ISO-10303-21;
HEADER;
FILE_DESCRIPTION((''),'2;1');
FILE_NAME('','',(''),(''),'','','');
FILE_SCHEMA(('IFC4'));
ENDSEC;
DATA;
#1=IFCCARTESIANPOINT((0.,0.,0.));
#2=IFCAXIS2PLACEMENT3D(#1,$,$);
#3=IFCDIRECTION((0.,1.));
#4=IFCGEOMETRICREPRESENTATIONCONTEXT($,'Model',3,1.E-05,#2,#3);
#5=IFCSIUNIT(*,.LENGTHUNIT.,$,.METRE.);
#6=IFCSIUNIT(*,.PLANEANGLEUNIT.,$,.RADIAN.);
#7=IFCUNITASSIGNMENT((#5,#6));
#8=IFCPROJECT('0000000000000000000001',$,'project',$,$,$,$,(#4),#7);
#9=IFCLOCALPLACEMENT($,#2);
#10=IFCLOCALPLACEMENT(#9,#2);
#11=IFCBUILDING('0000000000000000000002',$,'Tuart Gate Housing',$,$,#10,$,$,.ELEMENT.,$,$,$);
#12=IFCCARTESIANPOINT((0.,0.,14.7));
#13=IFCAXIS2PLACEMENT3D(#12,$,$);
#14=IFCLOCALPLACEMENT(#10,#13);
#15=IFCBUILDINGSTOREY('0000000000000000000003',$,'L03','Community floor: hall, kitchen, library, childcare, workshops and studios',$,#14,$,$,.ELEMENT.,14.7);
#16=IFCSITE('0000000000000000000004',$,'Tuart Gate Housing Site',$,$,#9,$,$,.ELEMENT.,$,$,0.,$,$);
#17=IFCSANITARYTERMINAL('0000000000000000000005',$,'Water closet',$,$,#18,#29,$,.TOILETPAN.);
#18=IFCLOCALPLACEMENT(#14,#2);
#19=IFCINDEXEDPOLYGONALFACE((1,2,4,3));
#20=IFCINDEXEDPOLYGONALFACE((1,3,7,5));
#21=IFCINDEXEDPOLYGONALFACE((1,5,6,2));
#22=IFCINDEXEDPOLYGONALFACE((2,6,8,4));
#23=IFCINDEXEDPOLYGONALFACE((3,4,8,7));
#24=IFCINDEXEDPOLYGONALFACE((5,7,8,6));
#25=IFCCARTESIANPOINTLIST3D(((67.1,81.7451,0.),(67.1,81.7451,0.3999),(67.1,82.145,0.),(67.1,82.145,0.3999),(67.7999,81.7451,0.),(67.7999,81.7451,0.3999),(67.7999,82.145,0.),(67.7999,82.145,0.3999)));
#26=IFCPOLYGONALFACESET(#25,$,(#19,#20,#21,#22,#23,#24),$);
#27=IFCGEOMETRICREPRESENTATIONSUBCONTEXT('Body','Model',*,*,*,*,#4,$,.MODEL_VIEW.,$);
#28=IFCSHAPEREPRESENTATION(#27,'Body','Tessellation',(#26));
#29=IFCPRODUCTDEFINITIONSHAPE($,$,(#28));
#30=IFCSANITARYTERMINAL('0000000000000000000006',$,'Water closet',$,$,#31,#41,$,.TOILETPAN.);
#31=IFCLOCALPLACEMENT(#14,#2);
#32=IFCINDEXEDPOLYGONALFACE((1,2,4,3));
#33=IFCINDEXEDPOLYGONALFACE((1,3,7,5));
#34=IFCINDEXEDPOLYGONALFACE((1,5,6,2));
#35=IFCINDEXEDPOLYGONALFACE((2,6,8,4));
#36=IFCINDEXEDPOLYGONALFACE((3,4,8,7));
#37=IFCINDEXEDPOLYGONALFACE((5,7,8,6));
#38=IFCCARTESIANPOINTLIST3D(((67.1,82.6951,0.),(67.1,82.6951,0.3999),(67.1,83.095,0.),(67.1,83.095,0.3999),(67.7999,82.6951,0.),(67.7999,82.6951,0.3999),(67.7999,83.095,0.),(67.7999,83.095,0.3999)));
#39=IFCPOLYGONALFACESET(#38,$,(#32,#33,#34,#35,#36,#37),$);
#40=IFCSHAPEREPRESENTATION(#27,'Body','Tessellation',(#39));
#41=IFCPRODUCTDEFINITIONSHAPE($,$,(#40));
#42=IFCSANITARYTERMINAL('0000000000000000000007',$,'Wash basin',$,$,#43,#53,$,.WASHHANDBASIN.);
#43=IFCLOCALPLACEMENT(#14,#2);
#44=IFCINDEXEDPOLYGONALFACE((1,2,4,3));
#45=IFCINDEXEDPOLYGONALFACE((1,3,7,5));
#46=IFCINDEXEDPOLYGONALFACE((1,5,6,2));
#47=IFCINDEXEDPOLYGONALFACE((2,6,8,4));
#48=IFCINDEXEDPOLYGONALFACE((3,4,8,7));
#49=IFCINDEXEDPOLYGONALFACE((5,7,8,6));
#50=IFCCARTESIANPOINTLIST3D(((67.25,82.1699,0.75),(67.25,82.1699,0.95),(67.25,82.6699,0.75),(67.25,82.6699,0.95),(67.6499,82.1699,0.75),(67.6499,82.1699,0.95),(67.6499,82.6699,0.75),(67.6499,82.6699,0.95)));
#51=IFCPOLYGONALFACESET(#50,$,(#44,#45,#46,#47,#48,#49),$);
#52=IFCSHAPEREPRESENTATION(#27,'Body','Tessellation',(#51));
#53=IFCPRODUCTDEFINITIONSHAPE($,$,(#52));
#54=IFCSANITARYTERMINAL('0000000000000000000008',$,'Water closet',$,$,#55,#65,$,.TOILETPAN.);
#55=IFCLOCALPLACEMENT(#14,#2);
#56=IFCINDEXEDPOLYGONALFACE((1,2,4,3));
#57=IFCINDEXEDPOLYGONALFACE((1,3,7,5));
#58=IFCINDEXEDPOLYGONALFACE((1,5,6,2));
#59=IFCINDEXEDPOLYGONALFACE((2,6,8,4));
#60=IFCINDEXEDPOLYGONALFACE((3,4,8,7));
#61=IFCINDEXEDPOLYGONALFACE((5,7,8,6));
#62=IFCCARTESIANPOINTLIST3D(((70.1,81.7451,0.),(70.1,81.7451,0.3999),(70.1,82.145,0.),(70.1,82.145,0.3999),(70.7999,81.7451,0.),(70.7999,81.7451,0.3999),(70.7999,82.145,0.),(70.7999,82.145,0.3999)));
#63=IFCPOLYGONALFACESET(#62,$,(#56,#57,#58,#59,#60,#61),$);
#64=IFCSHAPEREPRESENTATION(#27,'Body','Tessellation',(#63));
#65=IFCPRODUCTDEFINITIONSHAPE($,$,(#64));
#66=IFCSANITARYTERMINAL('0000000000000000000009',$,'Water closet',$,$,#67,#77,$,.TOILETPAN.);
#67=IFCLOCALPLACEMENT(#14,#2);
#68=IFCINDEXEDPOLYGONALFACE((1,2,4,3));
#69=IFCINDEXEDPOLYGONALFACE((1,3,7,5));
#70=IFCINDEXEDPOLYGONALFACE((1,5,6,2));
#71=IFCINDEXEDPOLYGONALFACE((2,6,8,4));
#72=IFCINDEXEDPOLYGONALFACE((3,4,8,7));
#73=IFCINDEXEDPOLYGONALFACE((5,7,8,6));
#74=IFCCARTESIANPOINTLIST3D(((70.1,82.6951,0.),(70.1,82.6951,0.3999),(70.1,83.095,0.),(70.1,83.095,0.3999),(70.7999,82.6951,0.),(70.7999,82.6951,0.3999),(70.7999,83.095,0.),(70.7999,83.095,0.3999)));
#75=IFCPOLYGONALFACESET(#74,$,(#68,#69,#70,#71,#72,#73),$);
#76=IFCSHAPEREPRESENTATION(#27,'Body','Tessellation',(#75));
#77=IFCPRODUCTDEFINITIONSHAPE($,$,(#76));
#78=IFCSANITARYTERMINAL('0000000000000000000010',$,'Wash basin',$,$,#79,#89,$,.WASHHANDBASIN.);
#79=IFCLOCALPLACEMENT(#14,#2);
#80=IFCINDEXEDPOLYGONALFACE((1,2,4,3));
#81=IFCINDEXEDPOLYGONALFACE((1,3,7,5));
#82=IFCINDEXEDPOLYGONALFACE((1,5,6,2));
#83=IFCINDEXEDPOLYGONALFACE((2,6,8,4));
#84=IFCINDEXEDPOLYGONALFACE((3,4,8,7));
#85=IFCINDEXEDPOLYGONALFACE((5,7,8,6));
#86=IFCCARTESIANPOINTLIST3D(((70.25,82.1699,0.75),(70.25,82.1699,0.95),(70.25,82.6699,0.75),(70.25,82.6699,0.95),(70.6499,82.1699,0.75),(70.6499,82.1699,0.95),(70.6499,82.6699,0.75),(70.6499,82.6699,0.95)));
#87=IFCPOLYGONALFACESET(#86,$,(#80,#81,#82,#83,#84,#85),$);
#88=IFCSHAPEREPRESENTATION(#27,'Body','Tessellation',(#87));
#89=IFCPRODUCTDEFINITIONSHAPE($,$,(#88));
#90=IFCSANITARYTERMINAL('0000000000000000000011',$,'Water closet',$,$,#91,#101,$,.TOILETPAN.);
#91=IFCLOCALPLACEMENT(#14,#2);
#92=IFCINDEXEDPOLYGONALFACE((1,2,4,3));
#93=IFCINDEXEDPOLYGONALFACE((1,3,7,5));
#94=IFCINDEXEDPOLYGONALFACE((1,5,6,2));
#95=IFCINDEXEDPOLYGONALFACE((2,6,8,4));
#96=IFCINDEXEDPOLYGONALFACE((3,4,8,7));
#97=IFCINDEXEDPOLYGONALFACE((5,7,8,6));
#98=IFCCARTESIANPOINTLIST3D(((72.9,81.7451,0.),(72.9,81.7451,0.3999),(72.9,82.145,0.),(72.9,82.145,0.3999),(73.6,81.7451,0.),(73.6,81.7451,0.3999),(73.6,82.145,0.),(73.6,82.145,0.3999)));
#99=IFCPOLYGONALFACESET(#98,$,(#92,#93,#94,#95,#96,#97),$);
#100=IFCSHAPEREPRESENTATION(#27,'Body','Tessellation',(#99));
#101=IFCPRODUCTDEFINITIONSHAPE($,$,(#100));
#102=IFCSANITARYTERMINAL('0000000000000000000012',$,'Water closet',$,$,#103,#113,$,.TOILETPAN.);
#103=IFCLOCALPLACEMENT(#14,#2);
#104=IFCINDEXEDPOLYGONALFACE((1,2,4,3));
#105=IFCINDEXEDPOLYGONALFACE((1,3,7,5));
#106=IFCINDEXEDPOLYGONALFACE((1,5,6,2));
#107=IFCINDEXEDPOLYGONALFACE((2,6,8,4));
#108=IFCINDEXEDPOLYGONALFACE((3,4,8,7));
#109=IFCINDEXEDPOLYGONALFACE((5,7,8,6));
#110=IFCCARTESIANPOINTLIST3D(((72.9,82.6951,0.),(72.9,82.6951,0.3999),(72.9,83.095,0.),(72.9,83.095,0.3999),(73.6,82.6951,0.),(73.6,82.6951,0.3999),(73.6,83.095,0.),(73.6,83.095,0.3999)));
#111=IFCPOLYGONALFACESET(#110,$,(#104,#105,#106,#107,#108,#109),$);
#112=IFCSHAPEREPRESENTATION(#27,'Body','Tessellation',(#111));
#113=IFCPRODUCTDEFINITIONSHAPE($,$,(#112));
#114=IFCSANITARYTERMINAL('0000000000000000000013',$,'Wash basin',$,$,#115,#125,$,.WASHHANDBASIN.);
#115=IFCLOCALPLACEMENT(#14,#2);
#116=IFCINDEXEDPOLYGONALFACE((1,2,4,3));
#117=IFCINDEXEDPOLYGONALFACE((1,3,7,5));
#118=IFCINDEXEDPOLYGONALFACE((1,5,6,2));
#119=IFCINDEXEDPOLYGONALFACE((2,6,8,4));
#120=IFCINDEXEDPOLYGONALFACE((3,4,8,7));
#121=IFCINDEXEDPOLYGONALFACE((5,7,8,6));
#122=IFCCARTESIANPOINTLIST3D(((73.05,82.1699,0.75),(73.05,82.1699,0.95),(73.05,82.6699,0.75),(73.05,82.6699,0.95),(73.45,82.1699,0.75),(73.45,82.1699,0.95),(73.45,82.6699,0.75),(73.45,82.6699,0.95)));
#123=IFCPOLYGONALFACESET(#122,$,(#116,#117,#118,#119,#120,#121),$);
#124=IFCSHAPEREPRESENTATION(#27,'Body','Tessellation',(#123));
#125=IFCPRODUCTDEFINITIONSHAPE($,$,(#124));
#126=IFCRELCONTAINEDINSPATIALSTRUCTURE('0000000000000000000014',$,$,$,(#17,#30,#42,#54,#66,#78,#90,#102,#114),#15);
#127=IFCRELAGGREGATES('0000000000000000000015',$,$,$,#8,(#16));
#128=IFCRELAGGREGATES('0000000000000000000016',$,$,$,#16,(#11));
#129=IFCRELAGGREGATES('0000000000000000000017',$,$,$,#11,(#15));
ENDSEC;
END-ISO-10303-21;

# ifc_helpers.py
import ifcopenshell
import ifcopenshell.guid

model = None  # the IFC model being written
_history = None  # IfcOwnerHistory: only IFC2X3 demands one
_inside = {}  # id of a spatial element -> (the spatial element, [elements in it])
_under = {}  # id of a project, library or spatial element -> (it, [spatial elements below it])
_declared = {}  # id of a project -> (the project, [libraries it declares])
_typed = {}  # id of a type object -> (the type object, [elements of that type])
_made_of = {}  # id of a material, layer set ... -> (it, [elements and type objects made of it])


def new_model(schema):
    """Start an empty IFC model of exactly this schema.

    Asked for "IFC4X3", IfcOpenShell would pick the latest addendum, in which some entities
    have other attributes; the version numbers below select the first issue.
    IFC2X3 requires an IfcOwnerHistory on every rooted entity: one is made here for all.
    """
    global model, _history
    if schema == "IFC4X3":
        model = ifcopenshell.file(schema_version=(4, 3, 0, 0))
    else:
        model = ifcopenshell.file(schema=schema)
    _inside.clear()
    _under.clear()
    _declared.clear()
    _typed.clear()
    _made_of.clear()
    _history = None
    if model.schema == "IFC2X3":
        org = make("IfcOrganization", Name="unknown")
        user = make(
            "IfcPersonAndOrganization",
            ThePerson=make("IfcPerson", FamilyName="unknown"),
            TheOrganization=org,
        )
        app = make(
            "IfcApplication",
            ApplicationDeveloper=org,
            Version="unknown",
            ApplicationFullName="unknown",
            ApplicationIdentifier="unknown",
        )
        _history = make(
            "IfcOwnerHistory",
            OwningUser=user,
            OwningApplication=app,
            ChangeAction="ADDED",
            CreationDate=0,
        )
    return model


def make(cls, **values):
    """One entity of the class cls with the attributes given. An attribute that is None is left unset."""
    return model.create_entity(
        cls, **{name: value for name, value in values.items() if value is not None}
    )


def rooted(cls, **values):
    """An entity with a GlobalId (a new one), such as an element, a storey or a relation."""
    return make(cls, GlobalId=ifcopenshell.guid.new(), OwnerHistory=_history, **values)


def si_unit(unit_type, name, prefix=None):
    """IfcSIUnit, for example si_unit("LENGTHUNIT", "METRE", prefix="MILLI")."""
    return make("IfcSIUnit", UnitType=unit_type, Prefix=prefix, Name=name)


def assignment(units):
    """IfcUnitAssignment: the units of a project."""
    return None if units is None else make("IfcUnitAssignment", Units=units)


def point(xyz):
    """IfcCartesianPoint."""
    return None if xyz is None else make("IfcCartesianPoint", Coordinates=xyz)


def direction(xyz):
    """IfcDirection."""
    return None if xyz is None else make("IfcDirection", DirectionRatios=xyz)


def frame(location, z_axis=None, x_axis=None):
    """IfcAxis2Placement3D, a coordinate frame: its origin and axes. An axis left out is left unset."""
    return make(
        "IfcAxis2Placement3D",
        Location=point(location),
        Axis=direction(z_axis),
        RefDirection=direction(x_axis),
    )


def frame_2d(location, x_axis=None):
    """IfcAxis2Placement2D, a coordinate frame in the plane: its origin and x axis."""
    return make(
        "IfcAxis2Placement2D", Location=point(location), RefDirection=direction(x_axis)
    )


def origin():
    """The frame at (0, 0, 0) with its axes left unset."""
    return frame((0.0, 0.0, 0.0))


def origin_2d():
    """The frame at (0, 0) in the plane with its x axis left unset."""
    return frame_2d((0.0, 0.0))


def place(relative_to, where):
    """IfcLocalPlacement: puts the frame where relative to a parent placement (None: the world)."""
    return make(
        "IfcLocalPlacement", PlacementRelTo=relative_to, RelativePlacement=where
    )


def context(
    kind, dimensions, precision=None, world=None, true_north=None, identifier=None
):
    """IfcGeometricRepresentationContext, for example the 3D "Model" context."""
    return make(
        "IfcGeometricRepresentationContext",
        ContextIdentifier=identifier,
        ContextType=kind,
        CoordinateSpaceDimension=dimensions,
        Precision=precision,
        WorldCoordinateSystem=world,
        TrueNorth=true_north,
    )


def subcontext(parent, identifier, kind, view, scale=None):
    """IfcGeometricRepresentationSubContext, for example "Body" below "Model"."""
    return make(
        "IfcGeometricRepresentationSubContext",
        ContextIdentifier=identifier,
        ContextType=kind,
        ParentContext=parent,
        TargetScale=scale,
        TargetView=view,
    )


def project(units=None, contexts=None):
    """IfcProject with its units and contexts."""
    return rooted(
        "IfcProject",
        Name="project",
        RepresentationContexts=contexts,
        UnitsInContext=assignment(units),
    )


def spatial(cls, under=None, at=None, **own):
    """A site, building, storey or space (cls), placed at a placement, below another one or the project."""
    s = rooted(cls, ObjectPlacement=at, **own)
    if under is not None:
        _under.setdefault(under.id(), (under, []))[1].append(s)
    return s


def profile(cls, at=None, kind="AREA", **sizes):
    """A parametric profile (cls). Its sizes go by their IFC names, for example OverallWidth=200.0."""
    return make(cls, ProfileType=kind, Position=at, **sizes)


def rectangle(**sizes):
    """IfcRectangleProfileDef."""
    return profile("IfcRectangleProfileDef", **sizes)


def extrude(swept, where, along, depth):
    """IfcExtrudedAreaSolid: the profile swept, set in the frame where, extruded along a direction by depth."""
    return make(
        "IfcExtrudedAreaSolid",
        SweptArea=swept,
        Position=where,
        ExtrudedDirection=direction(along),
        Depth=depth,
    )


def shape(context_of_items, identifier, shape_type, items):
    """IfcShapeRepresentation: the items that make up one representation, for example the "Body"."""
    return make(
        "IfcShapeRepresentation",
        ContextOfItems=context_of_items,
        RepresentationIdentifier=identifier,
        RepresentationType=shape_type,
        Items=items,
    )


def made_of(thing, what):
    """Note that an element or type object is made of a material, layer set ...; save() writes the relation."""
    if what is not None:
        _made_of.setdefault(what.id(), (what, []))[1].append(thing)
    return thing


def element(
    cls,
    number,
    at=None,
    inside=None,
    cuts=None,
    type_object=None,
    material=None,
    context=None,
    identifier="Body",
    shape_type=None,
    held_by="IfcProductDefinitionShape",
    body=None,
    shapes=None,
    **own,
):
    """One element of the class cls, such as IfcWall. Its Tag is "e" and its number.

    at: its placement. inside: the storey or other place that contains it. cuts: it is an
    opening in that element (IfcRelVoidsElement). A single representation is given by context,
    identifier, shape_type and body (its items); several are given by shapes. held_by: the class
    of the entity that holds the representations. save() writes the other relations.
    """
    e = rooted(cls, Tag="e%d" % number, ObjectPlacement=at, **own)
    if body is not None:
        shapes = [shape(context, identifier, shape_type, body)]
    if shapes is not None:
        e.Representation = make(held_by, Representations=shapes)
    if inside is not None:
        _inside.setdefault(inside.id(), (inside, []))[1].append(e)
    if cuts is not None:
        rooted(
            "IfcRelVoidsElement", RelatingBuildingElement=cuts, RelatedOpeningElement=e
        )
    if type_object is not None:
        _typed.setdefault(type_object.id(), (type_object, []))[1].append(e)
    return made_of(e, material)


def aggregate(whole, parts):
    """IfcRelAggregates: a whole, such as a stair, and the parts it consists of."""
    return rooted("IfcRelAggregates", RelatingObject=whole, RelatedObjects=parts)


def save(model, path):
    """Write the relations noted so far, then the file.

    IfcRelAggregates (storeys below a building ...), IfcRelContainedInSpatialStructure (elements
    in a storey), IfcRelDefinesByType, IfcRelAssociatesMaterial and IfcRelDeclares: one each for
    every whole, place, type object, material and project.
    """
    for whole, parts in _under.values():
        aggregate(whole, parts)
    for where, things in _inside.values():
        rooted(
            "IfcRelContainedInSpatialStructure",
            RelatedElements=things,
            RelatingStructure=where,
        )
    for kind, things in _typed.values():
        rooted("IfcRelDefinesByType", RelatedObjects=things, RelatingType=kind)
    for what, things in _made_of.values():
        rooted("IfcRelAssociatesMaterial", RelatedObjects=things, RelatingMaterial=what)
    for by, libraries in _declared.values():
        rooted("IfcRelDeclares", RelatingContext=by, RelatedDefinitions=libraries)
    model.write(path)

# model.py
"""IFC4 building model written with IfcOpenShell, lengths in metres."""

from ifc_helpers import new_model, si_unit, direction, frame, origin, origin_2d, place, context, subcontext, project, spatial, rectangle, extrude, element, save


model = new_model("IFC4")

# Units and contexts
model_context = context("Model", 3, precision=1e-05, world=origin(), true_north=direction((0.0, 1.0)))
body_context = subcontext(model_context, "Body", "Model", "MODEL_VIEW")
ifc_project = project(units=[si_unit("LENGTHUNIT", "METRE"), si_unit("PLANEANGLEUNIT", "RADIAN")], contexts=[model_context])

# Site, building, storey
site_placement = place(None, origin())
site = spatial("IfcSite", under=ifc_project, at=site_placement, Name="Tuart Gate Housing Site", CompositionType="ELEMENT", RefElevation=0.0)
building_placement = place(site_placement, origin())
building = spatial("IfcBuilding", under=site, at=building_placement, Name="Tuart Gate Housing", CompositionType="ELEMENT")
storey_placement = place(building_placement, frame((0.0, 0.0, 14.7)))
storey = spatial("IfcBuildingStorey", under=building, at=storey_placement, Name="L03", Description="Community floor: hall, kitchen, library, childcare, workshops and studios", CompositionType="ELEMENT", Elevation=14.7)

# Sanitary terminals
for number, where, z_axis, x_axis, name in (
    (1, (67.45, 81.9451, 0.0), (0.0, 0.0, 1.0), (1.0, 0.0, 0.0), "Water closet"),
    (2, (67.45, 82.895, 0.0), (0.0, 0.0, 1.0), (1.0, 0.0, 0.0), "Water closet"),
):
    element("IfcSanitaryTerminal", number, at=place(storey_placement, frame(where, z_axis=z_axis, x_axis=x_axis)), inside=storey, Name=name, PredefinedType="TOILETPAN", context=body_context, shape_type="SweptSolid", body=[
        extrude(rectangle(XDim=0.7, YDim=0.3999, at=origin_2d()), origin(), (0.0, 0.0, 1.0), 0.3999),
    ])
sanitary_terminal_1_placement = place(storey_placement, frame((67.45, 82.4199, 0.75), z_axis=(0.0, 0.0, 1.0), x_axis=(1.0, 0.0, 0.0)))
element("IfcSanitaryTerminal", 3, at=sanitary_terminal_1_placement, inside=storey, Name="Wash basin", PredefinedType="WASHHANDBASIN", context=body_context, shape_type="SweptSolid", body=[
    extrude(rectangle(XDim=0.3999, YDim=0.5, at=origin_2d()), origin(), (0.0, 0.0, 1.0), 0.2),
])
for number, where, z_axis, x_axis, name in (
    (4, (70.45, 81.9451, 0.0), (0.0, 0.0, 1.0), (1.0, 0.0, 0.0), "Water closet"),
    (5, (70.45, 82.895, 0.0), (0.0, 0.0, 1.0), (1.0, 0.0, 0.0), "Water closet"),
):
    element("IfcSanitaryTerminal", number, at=place(storey_placement, frame(where, z_axis=z_axis, x_axis=x_axis)), inside=storey, Name=name, PredefinedType="TOILETPAN", context=body_context, shape_type="SweptSolid", body=[
        extrude(rectangle(XDim=0.7, YDim=0.3999, at=origin_2d()), origin(), (0.0, 0.0, 1.0), 0.3999),
    ])
sanitary_terminal_2_placement = place(storey_placement, frame((70.45, 82.4199, 0.75), z_axis=(0.0, 0.0, 1.0), x_axis=(1.0, 0.0, 0.0)))
element("IfcSanitaryTerminal", 6, at=sanitary_terminal_2_placement, inside=storey, Name="Wash basin", PredefinedType="WASHHANDBASIN", context=body_context, shape_type="SweptSolid", body=[
    extrude(rectangle(XDim=0.3999, YDim=0.5, at=origin_2d()), origin(), (0.0, 0.0, 1.0), 0.2),
])
for number, where, z_axis, x_axis, name in (
    (7, (73.25, 81.9451, 0.0), (0.0, 0.0, 1.0), (1.0, 0.0, 0.0), "Water closet"),
    (8, (73.25, 82.895, 0.0), (0.0, 0.0, 1.0), (1.0, 0.0, 0.0), "Water closet"),
):
    element("IfcSanitaryTerminal", number, at=place(storey_placement, frame(where, z_axis=z_axis, x_axis=x_axis)), inside=storey, Name=name, PredefinedType="TOILETPAN", context=body_context, shape_type="SweptSolid", body=[
        extrude(rectangle(XDim=0.7, YDim=0.3999, at=origin_2d()), origin(), (0.0, 0.0, 1.0), 0.3999),
    ])
sanitary_terminal_3_placement = place(storey_placement, frame((73.25, 82.4199, 0.75), z_axis=(0.0, 0.0, 1.0), x_axis=(1.0, 0.0, 0.0)))
element("IfcSanitaryTerminal", 9, at=sanitary_terminal_3_placement, inside=storey, Name="Wash basin", PredefinedType="WASHHANDBASIN", context=body_context, shape_type="SweptSolid", body=[
    extrude(rectangle(XDim=0.3999, YDim=0.5, at=origin_2d()), origin(), (0.0, 0.0, 1.0), 0.2),
])

save(model, "model.ifc")
